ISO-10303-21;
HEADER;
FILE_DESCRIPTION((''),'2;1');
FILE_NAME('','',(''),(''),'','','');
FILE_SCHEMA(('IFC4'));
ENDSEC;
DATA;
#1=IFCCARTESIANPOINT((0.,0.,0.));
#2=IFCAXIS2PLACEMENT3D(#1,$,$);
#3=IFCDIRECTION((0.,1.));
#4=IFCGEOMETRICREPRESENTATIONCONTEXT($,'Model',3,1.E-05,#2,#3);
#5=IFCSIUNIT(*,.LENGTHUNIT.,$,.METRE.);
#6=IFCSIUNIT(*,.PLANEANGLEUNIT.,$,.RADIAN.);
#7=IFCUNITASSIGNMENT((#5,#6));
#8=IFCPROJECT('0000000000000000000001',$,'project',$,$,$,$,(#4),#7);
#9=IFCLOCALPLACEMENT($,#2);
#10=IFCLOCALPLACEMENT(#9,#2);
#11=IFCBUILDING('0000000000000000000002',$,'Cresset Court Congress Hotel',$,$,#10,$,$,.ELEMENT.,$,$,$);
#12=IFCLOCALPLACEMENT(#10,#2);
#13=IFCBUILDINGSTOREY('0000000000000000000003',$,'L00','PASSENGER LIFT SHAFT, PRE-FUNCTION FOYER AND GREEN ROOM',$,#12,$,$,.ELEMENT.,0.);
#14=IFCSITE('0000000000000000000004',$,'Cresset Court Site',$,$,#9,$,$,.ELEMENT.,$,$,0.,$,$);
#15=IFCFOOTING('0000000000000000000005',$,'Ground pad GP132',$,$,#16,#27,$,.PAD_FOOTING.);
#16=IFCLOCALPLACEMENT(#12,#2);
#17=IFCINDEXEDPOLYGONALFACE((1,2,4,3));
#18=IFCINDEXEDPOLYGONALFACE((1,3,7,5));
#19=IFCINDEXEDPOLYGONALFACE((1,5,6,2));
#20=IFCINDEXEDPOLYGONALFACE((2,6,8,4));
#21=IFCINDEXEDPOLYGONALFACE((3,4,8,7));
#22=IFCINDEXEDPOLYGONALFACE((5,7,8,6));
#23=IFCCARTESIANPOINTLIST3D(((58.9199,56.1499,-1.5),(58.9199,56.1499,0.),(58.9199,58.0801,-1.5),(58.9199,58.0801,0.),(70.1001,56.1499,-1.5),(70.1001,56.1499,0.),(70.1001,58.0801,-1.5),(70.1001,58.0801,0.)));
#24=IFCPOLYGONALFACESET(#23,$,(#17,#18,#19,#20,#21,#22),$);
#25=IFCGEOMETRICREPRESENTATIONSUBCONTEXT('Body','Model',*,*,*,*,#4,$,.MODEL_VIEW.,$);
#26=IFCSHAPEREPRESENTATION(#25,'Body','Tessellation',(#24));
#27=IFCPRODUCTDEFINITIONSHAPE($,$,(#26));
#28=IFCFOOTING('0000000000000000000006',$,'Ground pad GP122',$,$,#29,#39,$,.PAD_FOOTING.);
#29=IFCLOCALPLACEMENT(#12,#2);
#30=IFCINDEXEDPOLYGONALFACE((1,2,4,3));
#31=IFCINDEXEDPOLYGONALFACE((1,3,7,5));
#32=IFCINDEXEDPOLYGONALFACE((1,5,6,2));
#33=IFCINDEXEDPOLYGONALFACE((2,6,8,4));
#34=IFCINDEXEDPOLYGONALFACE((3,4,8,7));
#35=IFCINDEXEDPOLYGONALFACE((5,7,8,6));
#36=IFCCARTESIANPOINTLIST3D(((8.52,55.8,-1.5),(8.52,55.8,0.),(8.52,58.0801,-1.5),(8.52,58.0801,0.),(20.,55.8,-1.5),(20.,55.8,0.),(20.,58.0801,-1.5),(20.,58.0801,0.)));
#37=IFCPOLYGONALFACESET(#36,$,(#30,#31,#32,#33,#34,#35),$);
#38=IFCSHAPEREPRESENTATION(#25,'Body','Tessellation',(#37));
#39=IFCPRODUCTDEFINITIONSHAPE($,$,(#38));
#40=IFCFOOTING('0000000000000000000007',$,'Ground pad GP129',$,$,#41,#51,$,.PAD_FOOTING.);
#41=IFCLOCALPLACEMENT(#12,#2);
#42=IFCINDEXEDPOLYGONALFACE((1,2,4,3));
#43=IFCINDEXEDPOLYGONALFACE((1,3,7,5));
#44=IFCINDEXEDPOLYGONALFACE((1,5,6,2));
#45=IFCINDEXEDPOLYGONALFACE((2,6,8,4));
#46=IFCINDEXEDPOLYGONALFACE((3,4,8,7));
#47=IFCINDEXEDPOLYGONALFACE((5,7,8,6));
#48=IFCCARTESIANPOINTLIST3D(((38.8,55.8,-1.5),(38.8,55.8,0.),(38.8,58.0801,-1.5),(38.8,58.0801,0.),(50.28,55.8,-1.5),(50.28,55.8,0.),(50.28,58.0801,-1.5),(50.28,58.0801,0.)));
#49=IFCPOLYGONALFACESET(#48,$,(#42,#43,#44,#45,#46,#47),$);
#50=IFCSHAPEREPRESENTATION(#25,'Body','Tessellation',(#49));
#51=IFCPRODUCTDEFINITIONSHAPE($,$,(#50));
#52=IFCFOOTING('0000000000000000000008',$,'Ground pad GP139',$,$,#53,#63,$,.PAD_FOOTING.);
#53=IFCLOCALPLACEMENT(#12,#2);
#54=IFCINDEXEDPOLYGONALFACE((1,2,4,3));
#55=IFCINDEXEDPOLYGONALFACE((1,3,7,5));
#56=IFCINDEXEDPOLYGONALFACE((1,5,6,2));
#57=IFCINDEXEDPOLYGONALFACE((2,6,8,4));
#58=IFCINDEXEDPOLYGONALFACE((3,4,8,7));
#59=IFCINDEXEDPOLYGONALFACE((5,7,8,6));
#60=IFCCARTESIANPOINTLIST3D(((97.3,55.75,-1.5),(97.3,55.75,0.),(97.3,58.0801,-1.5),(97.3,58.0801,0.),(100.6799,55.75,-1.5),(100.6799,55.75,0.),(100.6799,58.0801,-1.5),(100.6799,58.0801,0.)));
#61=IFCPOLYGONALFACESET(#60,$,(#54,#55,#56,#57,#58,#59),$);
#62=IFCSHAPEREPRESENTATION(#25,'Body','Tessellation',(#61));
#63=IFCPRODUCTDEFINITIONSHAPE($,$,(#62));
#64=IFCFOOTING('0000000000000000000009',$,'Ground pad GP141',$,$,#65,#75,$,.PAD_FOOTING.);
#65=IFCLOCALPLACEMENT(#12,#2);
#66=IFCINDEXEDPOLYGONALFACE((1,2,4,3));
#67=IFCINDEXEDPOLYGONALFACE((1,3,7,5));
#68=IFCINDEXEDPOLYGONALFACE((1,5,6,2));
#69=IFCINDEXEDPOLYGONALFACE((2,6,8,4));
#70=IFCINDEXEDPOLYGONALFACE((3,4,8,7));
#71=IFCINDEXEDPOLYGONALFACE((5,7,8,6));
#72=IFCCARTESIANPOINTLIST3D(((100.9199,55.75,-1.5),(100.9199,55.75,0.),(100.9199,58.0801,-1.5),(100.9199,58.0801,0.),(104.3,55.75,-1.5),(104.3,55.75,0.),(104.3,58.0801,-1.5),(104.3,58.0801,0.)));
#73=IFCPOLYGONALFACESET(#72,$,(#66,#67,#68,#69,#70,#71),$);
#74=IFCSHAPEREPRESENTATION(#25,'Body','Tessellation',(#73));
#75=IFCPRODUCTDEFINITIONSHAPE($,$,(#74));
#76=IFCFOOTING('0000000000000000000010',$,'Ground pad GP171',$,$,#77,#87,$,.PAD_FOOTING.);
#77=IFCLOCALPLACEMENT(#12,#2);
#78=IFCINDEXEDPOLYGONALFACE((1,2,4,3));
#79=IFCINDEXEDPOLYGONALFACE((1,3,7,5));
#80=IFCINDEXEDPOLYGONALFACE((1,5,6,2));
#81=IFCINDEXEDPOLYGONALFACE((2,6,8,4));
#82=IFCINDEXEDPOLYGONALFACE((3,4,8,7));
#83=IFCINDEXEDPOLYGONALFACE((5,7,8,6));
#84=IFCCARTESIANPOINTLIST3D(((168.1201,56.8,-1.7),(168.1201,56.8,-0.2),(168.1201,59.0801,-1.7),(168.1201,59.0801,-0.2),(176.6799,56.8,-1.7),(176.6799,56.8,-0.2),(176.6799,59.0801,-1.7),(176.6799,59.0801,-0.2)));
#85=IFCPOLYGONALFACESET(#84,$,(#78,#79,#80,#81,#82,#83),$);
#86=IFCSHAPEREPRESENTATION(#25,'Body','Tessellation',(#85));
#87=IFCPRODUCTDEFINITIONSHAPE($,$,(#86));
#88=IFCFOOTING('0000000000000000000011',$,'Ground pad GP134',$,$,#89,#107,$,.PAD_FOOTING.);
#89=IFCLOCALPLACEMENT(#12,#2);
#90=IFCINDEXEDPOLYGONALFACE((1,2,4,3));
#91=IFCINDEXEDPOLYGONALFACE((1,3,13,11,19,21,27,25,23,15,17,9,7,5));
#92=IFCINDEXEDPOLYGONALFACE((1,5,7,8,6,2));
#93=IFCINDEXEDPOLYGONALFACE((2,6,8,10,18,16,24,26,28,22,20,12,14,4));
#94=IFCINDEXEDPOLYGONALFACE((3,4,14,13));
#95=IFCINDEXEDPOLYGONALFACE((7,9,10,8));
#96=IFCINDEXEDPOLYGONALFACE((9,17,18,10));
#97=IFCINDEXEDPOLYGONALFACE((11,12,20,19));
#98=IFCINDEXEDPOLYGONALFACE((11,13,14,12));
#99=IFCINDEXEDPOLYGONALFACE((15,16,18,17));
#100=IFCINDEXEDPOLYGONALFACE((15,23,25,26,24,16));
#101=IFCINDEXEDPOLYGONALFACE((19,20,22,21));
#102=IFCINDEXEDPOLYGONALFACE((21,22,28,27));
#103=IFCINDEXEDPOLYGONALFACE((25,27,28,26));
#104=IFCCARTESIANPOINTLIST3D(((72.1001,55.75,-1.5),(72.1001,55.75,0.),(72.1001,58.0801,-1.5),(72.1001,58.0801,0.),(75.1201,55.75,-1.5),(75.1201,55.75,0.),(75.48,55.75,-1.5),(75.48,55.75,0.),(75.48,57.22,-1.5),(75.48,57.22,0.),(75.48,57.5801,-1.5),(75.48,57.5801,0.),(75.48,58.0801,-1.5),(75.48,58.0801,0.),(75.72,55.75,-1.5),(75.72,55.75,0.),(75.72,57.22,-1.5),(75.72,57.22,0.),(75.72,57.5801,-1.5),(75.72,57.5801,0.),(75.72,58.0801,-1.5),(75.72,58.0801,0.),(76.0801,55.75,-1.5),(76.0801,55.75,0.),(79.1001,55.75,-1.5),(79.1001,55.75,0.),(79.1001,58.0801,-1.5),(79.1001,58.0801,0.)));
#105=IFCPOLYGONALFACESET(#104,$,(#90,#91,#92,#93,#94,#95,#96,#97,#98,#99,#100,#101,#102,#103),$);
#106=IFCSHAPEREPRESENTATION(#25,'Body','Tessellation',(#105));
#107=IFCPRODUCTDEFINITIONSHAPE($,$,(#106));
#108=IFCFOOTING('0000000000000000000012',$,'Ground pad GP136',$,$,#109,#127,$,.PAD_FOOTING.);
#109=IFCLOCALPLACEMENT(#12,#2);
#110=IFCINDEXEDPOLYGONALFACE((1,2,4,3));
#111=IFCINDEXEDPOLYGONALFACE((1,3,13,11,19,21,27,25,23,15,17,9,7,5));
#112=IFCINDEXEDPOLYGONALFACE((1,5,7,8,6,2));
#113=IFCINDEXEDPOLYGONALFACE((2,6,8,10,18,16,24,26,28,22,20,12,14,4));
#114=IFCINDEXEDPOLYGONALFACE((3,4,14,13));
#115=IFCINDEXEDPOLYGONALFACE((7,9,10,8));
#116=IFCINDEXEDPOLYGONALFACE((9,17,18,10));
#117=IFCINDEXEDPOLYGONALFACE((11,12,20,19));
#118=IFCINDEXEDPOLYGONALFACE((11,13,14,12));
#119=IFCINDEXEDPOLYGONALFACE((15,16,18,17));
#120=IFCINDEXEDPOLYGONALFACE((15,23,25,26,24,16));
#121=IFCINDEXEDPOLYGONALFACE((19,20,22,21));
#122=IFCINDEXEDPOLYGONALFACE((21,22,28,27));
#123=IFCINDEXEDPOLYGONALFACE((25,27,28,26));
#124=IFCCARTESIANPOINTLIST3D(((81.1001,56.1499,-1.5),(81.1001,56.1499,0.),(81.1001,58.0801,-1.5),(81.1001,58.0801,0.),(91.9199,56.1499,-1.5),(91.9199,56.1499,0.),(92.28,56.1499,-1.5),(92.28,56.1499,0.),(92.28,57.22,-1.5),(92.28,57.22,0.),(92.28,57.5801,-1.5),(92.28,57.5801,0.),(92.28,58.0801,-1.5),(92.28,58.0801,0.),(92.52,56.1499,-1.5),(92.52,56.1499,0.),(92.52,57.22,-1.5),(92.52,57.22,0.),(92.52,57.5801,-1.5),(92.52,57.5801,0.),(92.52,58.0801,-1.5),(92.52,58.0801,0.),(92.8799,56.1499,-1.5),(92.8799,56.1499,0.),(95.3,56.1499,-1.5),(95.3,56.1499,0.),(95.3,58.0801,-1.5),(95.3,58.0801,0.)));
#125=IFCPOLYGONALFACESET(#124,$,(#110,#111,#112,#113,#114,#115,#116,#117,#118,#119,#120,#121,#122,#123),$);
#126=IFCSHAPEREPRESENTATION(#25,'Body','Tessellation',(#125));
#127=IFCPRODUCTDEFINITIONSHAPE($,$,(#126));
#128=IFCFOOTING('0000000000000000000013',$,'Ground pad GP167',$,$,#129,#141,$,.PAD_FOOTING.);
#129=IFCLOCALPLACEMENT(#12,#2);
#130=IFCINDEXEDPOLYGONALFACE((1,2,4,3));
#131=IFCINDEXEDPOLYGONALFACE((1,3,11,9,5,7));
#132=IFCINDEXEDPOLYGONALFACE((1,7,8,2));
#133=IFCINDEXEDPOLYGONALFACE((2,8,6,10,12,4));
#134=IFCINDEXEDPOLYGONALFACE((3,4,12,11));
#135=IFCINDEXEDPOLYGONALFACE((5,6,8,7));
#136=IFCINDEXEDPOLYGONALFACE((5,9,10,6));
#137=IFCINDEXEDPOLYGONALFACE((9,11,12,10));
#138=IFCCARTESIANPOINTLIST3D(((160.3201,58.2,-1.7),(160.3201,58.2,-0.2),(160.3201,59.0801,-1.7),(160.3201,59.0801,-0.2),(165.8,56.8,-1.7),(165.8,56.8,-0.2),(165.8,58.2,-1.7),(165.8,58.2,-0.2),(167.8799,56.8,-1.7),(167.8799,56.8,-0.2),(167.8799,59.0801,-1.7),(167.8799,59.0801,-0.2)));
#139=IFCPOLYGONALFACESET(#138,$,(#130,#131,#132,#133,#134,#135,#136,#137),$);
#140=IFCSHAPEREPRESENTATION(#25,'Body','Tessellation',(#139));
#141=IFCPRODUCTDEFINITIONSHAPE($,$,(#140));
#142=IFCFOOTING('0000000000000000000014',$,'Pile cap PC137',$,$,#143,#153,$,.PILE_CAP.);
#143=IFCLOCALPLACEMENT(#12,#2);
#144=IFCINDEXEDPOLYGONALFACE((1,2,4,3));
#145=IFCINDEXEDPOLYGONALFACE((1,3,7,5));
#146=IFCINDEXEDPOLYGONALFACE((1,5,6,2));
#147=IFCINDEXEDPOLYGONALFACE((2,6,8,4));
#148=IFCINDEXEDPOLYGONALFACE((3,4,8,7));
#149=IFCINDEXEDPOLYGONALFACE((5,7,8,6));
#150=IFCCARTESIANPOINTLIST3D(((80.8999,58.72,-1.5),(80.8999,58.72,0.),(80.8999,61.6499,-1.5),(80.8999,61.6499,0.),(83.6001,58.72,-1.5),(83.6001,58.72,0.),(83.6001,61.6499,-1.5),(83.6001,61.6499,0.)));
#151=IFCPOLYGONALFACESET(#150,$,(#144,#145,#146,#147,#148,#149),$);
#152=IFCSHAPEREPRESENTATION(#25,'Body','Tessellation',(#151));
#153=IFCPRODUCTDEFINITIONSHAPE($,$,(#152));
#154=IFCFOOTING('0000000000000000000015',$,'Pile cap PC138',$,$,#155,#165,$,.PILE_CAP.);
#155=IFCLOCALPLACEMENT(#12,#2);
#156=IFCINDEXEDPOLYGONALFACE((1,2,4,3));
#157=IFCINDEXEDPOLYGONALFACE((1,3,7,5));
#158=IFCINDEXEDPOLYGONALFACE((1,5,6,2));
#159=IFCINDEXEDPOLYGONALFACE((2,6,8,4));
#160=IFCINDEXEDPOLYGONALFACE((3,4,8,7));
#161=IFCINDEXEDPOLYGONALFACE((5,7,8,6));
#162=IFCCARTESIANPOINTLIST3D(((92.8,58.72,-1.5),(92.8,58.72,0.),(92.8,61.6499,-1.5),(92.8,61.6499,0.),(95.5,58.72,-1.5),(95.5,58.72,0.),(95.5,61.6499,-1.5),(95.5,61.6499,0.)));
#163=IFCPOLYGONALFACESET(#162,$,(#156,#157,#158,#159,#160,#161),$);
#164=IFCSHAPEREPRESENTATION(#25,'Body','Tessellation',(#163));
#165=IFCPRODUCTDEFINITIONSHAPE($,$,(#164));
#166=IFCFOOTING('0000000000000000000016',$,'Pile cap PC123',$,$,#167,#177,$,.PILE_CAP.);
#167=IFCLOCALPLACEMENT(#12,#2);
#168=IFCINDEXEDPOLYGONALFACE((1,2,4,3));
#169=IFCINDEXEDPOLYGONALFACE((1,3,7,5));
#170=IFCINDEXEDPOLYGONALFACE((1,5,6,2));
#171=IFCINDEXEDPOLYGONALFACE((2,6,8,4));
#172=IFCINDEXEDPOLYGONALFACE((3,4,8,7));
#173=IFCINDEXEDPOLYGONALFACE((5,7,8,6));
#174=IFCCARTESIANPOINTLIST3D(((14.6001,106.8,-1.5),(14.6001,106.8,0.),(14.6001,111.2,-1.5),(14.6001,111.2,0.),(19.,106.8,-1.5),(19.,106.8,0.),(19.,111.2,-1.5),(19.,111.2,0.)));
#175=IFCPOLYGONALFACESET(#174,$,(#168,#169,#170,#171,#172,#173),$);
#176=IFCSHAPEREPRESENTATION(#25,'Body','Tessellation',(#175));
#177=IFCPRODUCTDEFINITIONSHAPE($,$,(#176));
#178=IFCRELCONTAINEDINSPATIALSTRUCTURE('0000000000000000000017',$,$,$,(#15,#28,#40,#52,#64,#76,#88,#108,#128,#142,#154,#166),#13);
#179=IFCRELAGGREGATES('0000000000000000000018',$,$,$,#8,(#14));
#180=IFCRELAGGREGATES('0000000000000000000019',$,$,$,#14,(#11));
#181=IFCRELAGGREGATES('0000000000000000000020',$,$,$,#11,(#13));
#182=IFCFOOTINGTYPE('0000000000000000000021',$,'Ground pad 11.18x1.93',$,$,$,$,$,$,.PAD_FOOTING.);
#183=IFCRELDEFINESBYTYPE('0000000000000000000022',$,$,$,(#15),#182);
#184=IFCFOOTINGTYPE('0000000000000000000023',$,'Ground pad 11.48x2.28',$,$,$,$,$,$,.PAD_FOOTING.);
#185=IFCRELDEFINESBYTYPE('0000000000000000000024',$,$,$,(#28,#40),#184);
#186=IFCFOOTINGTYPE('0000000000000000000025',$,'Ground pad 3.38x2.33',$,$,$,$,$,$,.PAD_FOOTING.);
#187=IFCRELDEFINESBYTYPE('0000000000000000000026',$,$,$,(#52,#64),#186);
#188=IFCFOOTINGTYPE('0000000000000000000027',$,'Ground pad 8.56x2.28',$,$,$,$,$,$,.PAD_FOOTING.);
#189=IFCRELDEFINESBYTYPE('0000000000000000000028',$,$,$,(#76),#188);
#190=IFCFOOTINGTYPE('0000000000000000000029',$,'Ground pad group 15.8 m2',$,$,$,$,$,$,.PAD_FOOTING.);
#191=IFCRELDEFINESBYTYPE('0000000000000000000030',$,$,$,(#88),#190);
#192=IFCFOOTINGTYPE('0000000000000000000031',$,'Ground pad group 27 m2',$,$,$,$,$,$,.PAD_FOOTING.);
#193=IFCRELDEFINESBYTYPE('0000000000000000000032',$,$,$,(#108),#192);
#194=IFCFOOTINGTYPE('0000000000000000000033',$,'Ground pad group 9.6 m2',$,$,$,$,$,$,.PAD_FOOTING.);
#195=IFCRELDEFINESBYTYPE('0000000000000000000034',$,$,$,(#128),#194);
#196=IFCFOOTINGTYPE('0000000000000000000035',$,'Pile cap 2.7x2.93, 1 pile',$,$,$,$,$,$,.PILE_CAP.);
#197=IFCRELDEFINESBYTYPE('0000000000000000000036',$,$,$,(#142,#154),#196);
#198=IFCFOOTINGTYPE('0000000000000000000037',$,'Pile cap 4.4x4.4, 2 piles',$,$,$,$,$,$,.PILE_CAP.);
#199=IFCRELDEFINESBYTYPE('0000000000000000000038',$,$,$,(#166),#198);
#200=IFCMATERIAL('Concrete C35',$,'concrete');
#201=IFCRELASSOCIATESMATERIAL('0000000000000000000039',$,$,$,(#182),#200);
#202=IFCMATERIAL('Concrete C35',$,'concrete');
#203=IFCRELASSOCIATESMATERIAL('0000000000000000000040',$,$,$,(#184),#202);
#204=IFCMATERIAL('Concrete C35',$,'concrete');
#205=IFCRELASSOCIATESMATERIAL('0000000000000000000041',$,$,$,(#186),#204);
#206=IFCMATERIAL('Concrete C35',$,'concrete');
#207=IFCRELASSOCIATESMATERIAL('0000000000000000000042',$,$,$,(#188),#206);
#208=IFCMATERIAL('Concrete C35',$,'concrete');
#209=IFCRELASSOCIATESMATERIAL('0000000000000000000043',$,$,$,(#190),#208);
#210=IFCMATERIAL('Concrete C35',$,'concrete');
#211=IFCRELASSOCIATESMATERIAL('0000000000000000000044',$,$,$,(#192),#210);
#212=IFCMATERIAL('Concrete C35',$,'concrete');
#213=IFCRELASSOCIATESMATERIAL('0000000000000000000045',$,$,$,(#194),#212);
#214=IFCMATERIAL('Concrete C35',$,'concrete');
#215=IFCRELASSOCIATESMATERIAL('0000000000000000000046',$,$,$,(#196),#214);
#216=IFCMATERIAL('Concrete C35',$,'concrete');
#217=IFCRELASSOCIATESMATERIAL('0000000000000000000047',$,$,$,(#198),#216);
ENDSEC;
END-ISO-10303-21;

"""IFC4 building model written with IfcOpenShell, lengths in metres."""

from ifc_helpers import new_model, si_unit, direction, frame, origin, place, context, subcontext, project, spatial, polyline, outline, extrude, material, type_object, element, save


model = new_model("IFC4")

# Units and contexts
model_context = context("Model", 3, precision=1e-05, world=origin(), true_north=direction((0.0, 1.0)))
body_context = subcontext(model_context, "Body", "Model", "MODEL_VIEW")
ifc_project = project(units=[si_unit("LENGTHUNIT", "METRE"), si_unit("PLANEANGLEUNIT", "RADIAN")], contexts=[model_context])

# Site, building, storey
site_placement = place(None, origin())
site = spatial("IfcSite", under=ifc_project, at=site_placement, Name="Cresset Court Site", CompositionType="ELEMENT", RefElevation=0.0)
building_placement = place(site_placement, origin())
building = spatial("IfcBuilding", under=site, at=building_placement, Name="Cresset Court Congress Hotel", CompositionType="ELEMENT")
storey_placement = place(building_placement, origin())
storey = spatial("IfcBuildingStorey", under=building, at=storey_placement, Name="L00", Description="PASSENGER LIFT SHAFT, PRE-FUNCTION FOYER AND GREEN ROOM", CompositionType="ELEMENT", Elevation=0.0)

# Footings
ifc_material_1 = material(Name="Concrete C35", Category="concrete")
footing_type_1 = type_object("IfcFootingType", Name="Ground pad 11.18x1.93", PredefinedType="PAD_FOOTING", material=ifc_material_1)
footing_1_placement = place(storey_placement, frame((0.0, 0.0, -1.5)))
element("IfcFooting", 1, at=footing_1_placement, inside=storey, type_object=footing_type_1, Name="Ground pad GP132", PredefinedType="PAD_FOOTING", context=body_context, shape_type="SweptSolid", body=[
    extrude(outline(polyline([(58.9199, 56.1499), (58.9199, 58.0801), (70.1001, 58.0801), (70.1001, 56.1499), (58.9199, 56.1499)])), origin(), (0.0, 0.0, 1.0), 1.5),
])
ifc_material_2 = material(Name="Concrete C35", Category="concrete")
footing_type_2 = type_object("IfcFootingType", Name="Ground pad 11.48x2.28", PredefinedType="PAD_FOOTING", material=ifc_material_2)
footing_2_placement = place(storey_placement, frame((0.0, 0.0, -1.5)))
element("IfcFooting", 2, at=footing_2_placement, inside=storey, type_object=footing_type_2, Name="Ground pad GP122", PredefinedType="PAD_FOOTING", context=body_context, shape_type="SweptSolid", body=[
    extrude(outline(polyline([(8.52, 58.0801), (20.0, 58.0801), (20.0, 55.8), (8.52, 55.8), (8.52, 58.0801)])), origin(), (0.0, 0.0, 1.0), 1.5),
])
footing_3_placement = place(storey_placement, frame((0.0, 0.0, -1.5)))
element("IfcFooting", 3, at=footing_3_placement, inside=storey, type_object=footing_type_2, Name="Ground pad GP129", PredefinedType="PAD_FOOTING", context=body_context, shape_type="SweptSolid", body=[
    extrude(outline(polyline([(50.28, 58.0801), (50.28, 55.8), (38.8, 55.8), (38.8, 58.0801), (50.28, 58.0801)])), origin(), (0.0, 0.0, 1.0), 1.5),
])
ifc_material_3 = material(Name="Concrete C35", Category="concrete")
footing_type_3 = type_object("IfcFootingType", Name="Ground pad 3.38x2.33", PredefinedType="PAD_FOOTING", material=ifc_material_3)
footing_4_placement = place(storey_placement, frame((0.0, 0.0, -1.5)))
element("IfcFooting", 4, at=footing_4_placement, inside=storey, type_object=footing_type_3, Name="Ground pad GP139", PredefinedType="PAD_FOOTING", context=body_context, shape_type="SweptSolid", body=[
    extrude(outline(polyline([(100.6799, 58.0801), (100.6799, 55.75), (97.3, 55.75), (97.3, 58.0801), (100.6799, 58.0801)])), origin(), (0.0, 0.0, 1.0), 1.5),
])
footing_5_placement = place(storey_placement, frame((0.0, 0.0, -1.5)))
element("IfcFooting", 5, at=footing_5_placement, inside=storey, type_object=footing_type_3, Name="Ground pad GP141", PredefinedType="PAD_FOOTING", context=body_context, shape_type="SweptSolid", body=[
    extrude(outline(polyline([(100.9199, 55.75), (100.9199, 58.0801), (104.3, 58.0801), (104.3, 55.75), (100.9199, 55.75)])), origin(), (0.0, 0.0, 1.0), 1.5),
])
ifc_material_4 = material(Name="Concrete C35", Category="concrete")
footing_type_4 = type_object("IfcFootingType", Name="Ground pad 8.56x2.28", PredefinedType="PAD_FOOTING", material=ifc_material_4)
footing_6_placement = place(storey_placement, frame((0.0, 0.0, -1.7)))
element("IfcFooting", 6, at=footing_6_placement, inside=storey, type_object=footing_type_4, Name="Ground pad GP171", PredefinedType="PAD_FOOTING", context=body_context, shape_type="SweptSolid", body=[
    extrude(outline(polyline([(168.1201, 59.0801), (176.6799, 59.0801), (176.6799, 56.8), (168.1201, 56.8), (168.1201, 59.0801)])), origin(), (0.0, 0.0, 1.0), 1.5),
])
ifc_material_5 = material(Name="Concrete C35", Category="concrete")
footing_type_5 = type_object("IfcFootingType", Name="Ground pad group 15.8 m2", PredefinedType="PAD_FOOTING", material=ifc_material_5)
footing_7_placement = place(storey_placement, frame((0.0, 0.0, -1.5)))
element("IfcFooting", 7, at=footing_7_placement, inside=storey, type_object=footing_type_5, Name="Ground pad GP134", PredefinedType="PAD_FOOTING", context=body_context, shape_type="SweptSolid", body=[
    extrude(outline(polyline([(76.0801, 55.75), (75.72, 55.75), (75.72, 57.22), (75.48, 57.22), (75.48, 55.75), (75.1201, 55.75), (72.1001, 55.75), (72.1001, 58.0801), (75.48, 58.0801), (75.48, 57.5801), (75.72, 57.5801), (75.72, 58.0801), (79.1001, 58.0801), (79.1001, 55.75), (76.0801, 55.75)])), origin(), (0.0, 0.0, 1.0), 1.5),
])
ifc_material_6 = material(Name="Concrete C35", Category="concrete")
footing_type_6 = type_object("IfcFootingType", Name="Ground pad group 27 m2", PredefinedType="PAD_FOOTING", material=ifc_material_6)
footing_8_placement = place(storey_placement, frame((0.0, 0.0, -1.5)))
element("IfcFooting", 8, at=footing_8_placement, inside=storey, type_object=footing_type_6, Name="Ground pad GP136", PredefinedType="PAD_FOOTING", context=body_context, shape_type="SweptSolid", body=[
    extrude(outline(polyline([(81.1001, 58.0801), (92.28, 58.0801), (92.28, 57.5801), (92.52, 57.5801), (92.52, 58.0801), (95.3, 58.0801), (95.3, 56.1499), (92.8799, 56.1499), (92.52, 56.1499), (92.52, 57.22), (92.28, 57.22), (92.28, 56.1499), (91.9199, 56.1499), (81.1001, 56.1499), (81.1001, 58.0801)])), origin(), (0.0, 0.0, 1.0), 1.5),
])
ifc_material_7 = material(Name="Concrete C35", Category="concrete")
footing_type_7 = type_object("IfcFootingType", Name="Ground pad group 9.6 m2", PredefinedType="PAD_FOOTING", material=ifc_material_7)
footing_9_placement = place(storey_placement, frame((0.0, 0.0, -1.7)))
element("IfcFooting", 9, at=footing_9_placement, inside=storey, type_object=footing_type_7, Name="Ground pad GP167", PredefinedType="PAD_FOOTING", context=body_context, shape_type="SweptSolid", body=[
    extrude(outline(polyline([(160.3201, 58.2), (160.3201, 59.0801), (167.8799, 59.0801), (167.8799, 56.8), (165.8, 56.8), (165.8, 58.2), (160.3201, 58.2)])), origin(), (0.0, 0.0, 1.0), 1.5),
])
ifc_material_8 = material(Name="Concrete C35", Category="concrete")
footing_type_8 = type_object("IfcFootingType", Name="Pile cap 2.7x2.93, 1 pile", PredefinedType="PILE_CAP", material=ifc_material_8)
footing_10_placement = place(storey_placement, frame((0.0, 0.0, -1.5)))
element("IfcFooting", 10, at=footing_10_placement, inside=storey, type_object=footing_type_8, Name="Pile cap PC137", PredefinedType="PILE_CAP", context=body_context, shape_type="SweptSolid", body=[
    extrude(outline(polyline([(83.6001, 58.72), (80.8999, 58.72), (80.8999, 61.6499), (83.6001, 61.6499), (83.6001, 58.72)])), origin(), (0.0, 0.0, 1.0), 1.5),
])
footing_11_placement = place(storey_placement, frame((0.0, 0.0, -1.5)))
element("IfcFooting", 11, at=footing_11_placement, inside=storey, type_object=footing_type_8, Name="Pile cap PC138", PredefinedType="PILE_CAP", context=body_context, shape_type="SweptSolid", body=[
    extrude(outline(polyline([(92.8, 58.72), (92.8, 61.6499), (95.5, 61.6499), (95.5, 58.72), (92.8, 58.72)])), origin(), (0.0, 0.0, 1.0), 1.5),
])
ifc_material_9 = material(Name="Concrete C35", Category="concrete")
footing_type_9 = type_object("IfcFootingType", Name="Pile cap 4.4x4.4, 2 piles", PredefinedType="PILE_CAP", material=ifc_material_9)
footing_12_placement = place(storey_placement, frame((0.0, 0.0, -1.5)))
element("IfcFooting", 12, at=footing_12_placement, inside=storey, type_object=footing_type_9, Name="Pile cap PC123", PredefinedType="PILE_CAP", context=body_context, shape_type="SweptSolid", body=[
    extrude(outline(polyline([(14.6001, 111.2), (19.0, 111.2), (19.0, 106.8), (14.6001, 106.8), (14.6001, 111.2)])), origin(), (0.0, 0.0, 1.0), 1.5),
])

save(model, "model.ifc")
